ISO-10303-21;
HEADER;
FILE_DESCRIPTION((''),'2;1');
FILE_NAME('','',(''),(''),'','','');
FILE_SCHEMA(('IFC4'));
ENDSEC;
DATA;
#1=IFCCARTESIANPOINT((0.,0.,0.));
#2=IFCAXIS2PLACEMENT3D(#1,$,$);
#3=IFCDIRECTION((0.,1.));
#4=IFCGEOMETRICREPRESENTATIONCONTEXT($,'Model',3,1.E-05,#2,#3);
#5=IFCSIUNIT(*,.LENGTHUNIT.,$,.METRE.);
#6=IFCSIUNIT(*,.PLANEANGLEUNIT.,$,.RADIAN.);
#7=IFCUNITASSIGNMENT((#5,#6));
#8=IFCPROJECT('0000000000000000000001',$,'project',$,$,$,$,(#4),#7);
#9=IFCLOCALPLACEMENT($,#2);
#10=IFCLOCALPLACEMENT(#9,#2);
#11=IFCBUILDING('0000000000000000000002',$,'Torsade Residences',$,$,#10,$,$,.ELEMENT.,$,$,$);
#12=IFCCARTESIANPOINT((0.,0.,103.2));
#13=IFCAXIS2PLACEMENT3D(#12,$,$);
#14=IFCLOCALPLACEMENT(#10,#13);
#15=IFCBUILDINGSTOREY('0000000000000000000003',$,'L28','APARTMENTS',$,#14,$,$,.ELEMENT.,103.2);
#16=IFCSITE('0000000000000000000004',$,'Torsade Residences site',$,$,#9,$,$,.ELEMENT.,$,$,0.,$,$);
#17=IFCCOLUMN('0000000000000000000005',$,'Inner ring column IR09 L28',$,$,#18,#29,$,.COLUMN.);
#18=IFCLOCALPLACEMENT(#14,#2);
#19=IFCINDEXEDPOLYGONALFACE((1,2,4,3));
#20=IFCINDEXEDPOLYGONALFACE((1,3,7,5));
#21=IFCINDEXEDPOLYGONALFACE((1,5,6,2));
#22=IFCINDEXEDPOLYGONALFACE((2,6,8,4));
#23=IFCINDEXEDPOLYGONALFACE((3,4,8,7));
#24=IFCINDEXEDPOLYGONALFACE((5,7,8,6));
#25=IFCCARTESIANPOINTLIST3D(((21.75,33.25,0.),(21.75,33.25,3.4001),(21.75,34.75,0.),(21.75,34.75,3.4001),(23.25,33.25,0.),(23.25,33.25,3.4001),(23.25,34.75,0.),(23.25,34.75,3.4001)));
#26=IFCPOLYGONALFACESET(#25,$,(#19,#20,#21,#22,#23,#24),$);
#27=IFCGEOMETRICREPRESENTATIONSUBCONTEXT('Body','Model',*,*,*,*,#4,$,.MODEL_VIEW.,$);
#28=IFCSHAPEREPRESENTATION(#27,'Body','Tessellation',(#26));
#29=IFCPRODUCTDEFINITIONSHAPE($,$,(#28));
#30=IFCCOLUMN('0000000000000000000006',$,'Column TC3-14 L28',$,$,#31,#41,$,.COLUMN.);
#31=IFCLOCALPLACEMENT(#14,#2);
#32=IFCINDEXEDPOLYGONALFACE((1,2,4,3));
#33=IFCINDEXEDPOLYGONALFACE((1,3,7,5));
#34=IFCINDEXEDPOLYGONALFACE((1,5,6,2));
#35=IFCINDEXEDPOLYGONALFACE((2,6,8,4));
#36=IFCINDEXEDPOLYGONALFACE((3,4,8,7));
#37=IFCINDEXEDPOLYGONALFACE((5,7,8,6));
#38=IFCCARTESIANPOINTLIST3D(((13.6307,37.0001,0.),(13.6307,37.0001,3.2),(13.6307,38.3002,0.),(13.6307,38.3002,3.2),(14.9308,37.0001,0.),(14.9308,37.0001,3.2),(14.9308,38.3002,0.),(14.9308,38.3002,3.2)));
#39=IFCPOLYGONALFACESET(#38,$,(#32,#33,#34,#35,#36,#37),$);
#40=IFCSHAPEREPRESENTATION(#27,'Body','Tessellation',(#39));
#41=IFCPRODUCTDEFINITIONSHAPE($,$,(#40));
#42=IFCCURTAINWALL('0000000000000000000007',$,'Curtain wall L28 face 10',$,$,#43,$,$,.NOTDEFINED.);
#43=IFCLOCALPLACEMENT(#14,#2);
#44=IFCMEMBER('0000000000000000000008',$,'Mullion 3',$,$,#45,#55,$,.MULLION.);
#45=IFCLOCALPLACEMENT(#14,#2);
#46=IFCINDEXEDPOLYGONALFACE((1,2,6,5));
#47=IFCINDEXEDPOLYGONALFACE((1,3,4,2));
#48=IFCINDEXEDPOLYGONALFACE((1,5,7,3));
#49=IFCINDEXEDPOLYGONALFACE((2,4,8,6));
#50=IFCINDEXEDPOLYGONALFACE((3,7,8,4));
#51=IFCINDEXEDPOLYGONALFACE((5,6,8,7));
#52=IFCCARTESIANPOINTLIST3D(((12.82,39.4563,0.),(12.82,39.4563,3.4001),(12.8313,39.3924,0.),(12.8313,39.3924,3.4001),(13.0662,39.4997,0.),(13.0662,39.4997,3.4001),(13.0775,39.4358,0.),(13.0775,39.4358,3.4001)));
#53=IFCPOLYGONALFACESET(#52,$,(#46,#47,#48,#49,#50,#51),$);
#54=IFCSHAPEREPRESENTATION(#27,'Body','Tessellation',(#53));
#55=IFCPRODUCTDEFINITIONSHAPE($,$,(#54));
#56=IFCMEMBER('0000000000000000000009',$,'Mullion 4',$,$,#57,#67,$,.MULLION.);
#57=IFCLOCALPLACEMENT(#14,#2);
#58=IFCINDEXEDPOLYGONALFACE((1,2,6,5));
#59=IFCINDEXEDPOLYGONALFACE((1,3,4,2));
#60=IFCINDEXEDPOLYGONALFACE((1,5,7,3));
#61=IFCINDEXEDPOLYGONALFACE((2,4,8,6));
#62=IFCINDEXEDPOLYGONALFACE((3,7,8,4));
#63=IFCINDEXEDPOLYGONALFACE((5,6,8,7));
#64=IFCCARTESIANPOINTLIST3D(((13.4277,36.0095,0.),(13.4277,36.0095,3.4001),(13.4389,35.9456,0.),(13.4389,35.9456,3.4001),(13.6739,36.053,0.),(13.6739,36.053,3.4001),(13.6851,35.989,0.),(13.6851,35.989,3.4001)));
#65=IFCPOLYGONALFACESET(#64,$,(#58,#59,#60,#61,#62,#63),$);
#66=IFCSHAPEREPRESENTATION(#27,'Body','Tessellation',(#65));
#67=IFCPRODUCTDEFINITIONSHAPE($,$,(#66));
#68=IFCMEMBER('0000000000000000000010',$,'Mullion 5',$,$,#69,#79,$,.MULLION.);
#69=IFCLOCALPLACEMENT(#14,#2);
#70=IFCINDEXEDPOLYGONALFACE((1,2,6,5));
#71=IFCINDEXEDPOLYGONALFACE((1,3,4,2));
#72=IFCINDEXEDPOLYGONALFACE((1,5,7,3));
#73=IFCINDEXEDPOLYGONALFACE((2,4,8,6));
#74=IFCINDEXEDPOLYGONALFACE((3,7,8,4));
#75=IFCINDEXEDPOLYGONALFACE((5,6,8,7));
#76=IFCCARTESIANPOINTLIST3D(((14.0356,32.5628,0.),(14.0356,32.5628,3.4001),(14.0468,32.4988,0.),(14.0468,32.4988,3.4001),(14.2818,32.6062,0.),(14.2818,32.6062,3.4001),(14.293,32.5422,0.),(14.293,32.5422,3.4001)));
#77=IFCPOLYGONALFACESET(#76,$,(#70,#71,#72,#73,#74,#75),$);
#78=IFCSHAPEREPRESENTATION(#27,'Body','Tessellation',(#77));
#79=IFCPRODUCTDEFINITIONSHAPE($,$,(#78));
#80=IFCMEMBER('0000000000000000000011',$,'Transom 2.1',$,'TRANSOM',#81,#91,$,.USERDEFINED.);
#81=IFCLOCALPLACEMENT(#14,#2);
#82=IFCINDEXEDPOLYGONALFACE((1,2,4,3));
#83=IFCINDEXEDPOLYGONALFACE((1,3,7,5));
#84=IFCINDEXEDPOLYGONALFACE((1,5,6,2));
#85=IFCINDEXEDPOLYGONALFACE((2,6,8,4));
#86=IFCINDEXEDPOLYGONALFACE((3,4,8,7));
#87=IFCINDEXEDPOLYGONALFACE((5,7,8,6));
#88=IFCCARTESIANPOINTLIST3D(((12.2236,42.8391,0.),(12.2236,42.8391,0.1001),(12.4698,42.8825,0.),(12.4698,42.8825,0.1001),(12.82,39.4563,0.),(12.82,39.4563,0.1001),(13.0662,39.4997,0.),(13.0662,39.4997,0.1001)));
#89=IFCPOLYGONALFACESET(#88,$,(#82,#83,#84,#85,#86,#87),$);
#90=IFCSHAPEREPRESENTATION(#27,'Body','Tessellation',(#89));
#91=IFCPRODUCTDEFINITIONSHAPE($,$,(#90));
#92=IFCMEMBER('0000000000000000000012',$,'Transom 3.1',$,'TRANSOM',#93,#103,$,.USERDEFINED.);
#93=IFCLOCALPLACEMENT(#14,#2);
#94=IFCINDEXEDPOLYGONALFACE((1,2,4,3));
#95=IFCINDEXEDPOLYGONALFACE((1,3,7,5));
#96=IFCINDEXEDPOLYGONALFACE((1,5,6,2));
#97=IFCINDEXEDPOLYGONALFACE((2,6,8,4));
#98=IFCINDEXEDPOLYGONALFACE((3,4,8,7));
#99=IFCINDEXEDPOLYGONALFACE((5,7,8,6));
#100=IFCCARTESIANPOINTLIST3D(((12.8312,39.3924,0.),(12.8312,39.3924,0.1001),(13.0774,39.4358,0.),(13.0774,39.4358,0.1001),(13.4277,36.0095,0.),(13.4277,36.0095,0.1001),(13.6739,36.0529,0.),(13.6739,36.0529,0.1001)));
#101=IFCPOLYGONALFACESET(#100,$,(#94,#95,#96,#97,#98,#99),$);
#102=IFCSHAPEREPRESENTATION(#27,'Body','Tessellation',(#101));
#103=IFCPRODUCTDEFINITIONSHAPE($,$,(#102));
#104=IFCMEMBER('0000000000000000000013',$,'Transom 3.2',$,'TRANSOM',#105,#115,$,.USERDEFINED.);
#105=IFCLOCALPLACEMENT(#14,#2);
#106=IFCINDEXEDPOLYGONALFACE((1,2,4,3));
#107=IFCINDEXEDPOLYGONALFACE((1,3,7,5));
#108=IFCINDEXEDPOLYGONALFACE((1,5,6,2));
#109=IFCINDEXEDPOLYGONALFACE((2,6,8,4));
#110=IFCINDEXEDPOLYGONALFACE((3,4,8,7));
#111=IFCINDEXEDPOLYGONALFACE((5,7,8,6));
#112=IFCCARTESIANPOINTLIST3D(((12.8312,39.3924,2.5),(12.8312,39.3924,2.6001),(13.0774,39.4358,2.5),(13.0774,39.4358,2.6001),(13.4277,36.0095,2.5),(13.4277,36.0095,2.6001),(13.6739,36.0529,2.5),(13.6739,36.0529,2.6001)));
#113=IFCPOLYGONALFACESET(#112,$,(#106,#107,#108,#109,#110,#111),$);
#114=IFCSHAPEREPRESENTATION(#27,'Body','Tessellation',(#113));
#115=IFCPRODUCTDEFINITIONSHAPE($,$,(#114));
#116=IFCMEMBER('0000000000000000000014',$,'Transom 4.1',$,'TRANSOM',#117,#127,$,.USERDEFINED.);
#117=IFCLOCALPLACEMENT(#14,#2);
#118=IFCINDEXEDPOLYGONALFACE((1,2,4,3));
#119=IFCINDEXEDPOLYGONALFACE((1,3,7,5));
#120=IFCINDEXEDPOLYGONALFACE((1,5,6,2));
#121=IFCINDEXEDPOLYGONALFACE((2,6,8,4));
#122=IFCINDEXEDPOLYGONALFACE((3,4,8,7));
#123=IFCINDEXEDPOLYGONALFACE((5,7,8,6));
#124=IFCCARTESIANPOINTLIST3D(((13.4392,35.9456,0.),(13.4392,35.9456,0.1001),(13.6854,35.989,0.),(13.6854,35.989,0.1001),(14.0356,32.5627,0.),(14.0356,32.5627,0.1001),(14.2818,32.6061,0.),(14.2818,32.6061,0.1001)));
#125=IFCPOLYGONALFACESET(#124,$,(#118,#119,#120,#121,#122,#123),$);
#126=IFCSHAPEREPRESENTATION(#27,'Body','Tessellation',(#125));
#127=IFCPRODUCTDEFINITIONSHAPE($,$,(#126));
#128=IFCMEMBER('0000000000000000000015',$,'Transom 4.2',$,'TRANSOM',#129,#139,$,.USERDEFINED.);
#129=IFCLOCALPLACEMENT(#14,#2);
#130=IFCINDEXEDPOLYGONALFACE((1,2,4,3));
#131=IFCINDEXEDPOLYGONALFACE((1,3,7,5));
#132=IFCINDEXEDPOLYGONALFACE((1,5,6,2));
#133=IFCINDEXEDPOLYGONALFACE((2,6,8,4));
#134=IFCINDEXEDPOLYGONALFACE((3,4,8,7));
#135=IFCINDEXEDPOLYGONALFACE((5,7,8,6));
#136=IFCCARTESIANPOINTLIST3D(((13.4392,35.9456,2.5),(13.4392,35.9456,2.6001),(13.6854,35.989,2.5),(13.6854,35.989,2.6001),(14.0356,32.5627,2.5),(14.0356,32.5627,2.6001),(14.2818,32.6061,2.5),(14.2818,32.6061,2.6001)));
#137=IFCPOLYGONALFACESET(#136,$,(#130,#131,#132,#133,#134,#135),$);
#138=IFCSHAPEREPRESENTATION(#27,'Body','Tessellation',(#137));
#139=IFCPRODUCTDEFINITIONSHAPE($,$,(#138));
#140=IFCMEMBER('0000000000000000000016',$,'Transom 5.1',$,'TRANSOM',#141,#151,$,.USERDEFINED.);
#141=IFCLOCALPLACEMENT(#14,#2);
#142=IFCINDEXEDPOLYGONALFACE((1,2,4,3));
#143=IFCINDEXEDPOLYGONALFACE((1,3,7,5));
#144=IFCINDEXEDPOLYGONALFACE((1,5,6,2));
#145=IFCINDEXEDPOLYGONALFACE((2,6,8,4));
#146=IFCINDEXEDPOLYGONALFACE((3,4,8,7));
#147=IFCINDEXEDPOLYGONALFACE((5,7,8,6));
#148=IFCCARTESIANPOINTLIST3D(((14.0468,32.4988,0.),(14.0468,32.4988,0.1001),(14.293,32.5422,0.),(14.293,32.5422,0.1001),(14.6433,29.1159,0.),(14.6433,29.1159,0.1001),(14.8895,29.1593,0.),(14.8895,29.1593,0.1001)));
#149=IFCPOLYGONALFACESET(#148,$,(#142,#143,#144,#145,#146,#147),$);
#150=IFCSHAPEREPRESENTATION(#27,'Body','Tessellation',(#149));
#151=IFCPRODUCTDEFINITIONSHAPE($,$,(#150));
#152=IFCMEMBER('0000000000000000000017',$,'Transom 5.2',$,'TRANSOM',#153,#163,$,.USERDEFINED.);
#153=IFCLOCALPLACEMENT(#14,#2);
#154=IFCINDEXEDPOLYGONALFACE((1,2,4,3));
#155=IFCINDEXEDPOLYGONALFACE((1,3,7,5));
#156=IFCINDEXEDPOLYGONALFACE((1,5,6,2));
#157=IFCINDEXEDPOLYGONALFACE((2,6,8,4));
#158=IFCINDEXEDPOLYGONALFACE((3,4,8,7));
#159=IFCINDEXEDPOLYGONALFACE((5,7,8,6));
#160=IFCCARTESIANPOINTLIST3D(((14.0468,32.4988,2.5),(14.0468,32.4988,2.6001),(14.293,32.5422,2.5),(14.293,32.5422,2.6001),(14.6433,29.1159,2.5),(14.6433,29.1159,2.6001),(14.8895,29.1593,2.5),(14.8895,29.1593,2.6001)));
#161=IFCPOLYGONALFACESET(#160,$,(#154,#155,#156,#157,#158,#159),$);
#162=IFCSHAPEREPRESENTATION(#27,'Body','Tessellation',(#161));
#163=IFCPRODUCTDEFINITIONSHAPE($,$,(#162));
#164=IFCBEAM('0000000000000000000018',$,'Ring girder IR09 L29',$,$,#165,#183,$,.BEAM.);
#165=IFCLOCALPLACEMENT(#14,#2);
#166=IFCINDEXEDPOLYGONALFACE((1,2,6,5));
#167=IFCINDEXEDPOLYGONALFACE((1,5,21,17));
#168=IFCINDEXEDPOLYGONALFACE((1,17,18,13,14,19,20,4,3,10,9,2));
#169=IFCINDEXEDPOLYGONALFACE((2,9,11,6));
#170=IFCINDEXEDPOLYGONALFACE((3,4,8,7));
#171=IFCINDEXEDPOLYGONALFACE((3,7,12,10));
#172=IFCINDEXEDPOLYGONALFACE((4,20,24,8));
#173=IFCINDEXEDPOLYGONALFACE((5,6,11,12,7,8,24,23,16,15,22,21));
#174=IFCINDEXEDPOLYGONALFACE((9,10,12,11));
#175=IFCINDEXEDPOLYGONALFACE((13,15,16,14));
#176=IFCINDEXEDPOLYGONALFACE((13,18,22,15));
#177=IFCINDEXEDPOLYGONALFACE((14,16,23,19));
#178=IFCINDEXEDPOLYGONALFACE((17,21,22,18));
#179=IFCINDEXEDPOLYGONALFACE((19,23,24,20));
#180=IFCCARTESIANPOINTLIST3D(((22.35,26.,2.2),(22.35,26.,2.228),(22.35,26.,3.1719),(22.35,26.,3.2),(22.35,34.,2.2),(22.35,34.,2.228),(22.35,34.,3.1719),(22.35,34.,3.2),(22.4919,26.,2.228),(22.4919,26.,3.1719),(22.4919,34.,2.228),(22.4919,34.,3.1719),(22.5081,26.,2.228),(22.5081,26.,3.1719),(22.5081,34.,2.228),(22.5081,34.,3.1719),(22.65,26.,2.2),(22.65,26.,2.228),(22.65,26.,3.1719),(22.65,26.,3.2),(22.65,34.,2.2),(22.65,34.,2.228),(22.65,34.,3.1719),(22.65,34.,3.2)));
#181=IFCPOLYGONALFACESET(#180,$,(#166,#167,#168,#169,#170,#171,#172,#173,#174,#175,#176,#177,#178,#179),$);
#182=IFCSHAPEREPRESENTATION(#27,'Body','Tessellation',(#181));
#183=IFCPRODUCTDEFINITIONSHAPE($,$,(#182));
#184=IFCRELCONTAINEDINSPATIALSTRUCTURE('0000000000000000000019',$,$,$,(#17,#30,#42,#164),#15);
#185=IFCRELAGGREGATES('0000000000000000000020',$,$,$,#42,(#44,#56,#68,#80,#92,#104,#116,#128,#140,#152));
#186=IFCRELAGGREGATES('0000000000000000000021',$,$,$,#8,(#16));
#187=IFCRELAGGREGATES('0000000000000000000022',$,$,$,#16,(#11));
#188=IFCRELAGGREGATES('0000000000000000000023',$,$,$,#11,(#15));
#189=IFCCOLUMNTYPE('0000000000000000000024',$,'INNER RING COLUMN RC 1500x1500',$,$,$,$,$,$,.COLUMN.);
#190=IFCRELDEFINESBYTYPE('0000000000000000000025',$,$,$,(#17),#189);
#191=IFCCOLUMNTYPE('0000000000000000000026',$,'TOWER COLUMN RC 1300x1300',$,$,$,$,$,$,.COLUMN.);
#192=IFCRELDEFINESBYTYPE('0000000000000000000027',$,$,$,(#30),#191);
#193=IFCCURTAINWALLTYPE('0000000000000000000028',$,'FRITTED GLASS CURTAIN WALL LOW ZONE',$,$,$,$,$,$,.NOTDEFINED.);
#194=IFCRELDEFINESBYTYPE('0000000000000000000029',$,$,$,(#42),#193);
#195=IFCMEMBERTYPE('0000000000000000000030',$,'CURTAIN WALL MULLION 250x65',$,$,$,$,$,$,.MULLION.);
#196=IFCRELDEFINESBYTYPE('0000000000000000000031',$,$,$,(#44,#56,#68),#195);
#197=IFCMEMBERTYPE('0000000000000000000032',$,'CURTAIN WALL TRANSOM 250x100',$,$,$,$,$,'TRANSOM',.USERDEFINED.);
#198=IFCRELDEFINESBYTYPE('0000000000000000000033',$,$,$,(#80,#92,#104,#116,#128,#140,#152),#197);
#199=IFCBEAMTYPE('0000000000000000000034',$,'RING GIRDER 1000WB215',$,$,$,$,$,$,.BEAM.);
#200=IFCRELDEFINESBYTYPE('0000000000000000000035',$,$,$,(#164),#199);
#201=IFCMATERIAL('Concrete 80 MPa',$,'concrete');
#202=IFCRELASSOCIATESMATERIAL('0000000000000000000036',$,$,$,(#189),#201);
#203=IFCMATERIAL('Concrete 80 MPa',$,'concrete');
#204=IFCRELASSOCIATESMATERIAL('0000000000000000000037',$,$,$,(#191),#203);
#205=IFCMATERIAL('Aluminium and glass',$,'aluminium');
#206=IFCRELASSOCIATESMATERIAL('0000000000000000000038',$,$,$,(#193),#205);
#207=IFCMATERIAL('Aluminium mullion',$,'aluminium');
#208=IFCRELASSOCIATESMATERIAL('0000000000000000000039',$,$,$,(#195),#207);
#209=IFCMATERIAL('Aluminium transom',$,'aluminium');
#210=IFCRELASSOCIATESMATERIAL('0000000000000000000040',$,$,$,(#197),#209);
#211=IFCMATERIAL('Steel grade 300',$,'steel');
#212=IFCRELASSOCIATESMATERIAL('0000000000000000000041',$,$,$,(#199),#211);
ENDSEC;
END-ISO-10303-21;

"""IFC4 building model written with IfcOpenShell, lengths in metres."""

from ifc_helpers import new_model, si_unit, direction, frame, origin, origin_2d, place, context, subcontext, project, spatial, rectangle, i_section, extrude, material, material_profile, profile_set, type_object, element, aggregate, save


model = new_model("IFC4")

# Units and contexts
model_context = context("Model", 3, precision=1e-05, world=origin(), true_north=direction((0.0, 1.0)))
body_context = subcontext(model_context, "Body", "Model", "MODEL_VIEW")
ifc_project = project(units=[si_unit("LENGTHUNIT", "METRE"), si_unit("PLANEANGLEUNIT", "RADIAN")], contexts=[model_context])

# Site, building, storey
site_placement = place(None, origin())
site = spatial("IfcSite", under=ifc_project, at=site_placement, Name="Torsade Residences site", CompositionType="ELEMENT", RefElevation=0.0)
building_placement = place(site_placement, origin())
building = spatial("IfcBuilding", under=site, at=building_placement, Name="Torsade Residences", CompositionType="ELEMENT")
storey_placement = place(building_placement, frame((0.0, 0.0, 103.2)))
storey = spatial("IfcBuildingStorey", under=building, at=storey_placement, Name="L28", Description="APARTMENTS", CompositionType="ELEMENT", Elevation=103.2)

# Columns
ifc_material_1 = material(Name="Concrete 80 MPa", Category="concrete")
ifc_material_profile_1 = material_profile(ifc_material_1, rectangle(XDim=1.5, YDim=1.5, at=origin_2d()), Name="RC 1500x1500")
ifc_profile_set_1 = profile_set([ifc_material_profile_1], Name="Concrete 80 MPa")
column_type_1 = type_object("IfcColumnType", Name="INNER RING COLUMN RC 1500x1500", PredefinedType="COLUMN", material=ifc_profile_set_1)
column_1_placement = place(storey_placement, frame((22.5, 34.0, 0.0), z_axis=(0.0, 0.0, 1.0), x_axis=(1.0, 0.0, 0.0)))
element("IfcColumn", 1, at=column_1_placement, inside=storey, type_object=column_type_1, Name="Inner ring column IR09 L28", PredefinedType="COLUMN", context=body_context, shape_type="SweptSolid", body=[
    extrude(rectangle(XDim=1.5, YDim=1.5, at=origin_2d()), origin(), (0.0, 0.0, 1.0), 3.4001),
])
ifc_material_2 = material(Name="Concrete 80 MPa", Category="concrete")
ifc_material_profile_2 = material_profile(ifc_material_2, rectangle(XDim=1.3, YDim=1.3, at=origin_2d()), Name="RC 1300x1300")
ifc_profile_set_2 = profile_set([ifc_material_profile_2], Name="Concrete 80 MPa")
column_type_2 = type_object("IfcColumnType", Name="TOWER COLUMN RC 1300x1300", PredefinedType="COLUMN", material=ifc_profile_set_2)
column_2_placement = place(storey_placement, frame((14.2808, 37.6501, 0.0), z_axis=(0.0, 0.0, 1.0), x_axis=(1.0, 0.0, 0.0)))
element("IfcColumn", 2, at=column_2_placement, inside=storey, type_object=column_type_2, Name="Column TC3-14 L28", PredefinedType="COLUMN", context=body_context, shape_type="SweptSolid", body=[
    extrude(rectangle(XDim=1.3, YDim=1.3, at=origin_2d()), origin(), (0.0, 0.0, 1.0), 3.2),
])

# Curtain wall, members
ifc_material_3 = material(Name="Aluminium and glass", Category="aluminium")
curtain_wall_type = type_object("IfcCurtainWallType", Name="FRITTED GLASS CURTAIN WALL LOW ZONE", PredefinedType="NOTDEFINED", material=ifc_material_3)
curtain_wall_placement = place(storey_placement, origin())
curtain_wall = element("IfcCurtainWall", 3, at=curtain_wall_placement, inside=storey, type_object=curtain_wall_type, Name="Curtain wall L28 face 10", PredefinedType="NOTDEFINED")
ifc_material_4 = material(Name="Aluminium mullion", Category="aluminium")
ifc_material_profile_3 = material_profile(ifc_material_4, rectangle(XDim=0.25, YDim=0.0649, at=origin_2d()), Name="CURTAIN WALL MULLION 250x65")
ifc_profile_set_3 = profile_set([ifc_material_profile_3], Name="Aluminium mullion")
member_type_1 = type_object("IfcMemberType", Name="CURTAIN WALL MULLION 250x65", PredefinedType="MULLION", material=ifc_profile_set_3)
member_1_placement = place(storey_placement, frame((12.9487, 39.446, 0.0), z_axis=(0.0, 0.0, 1.0), x_axis=(0.984808, 0.173648, 0.0)))
member_1 = element("IfcMember", 4, at=member_1_placement, type_object=member_type_1, Name="Mullion 3", PredefinedType="MULLION", context=body_context, shape_type="SweptSolid", body=[
    extrude(rectangle(XDim=0.25, YDim=0.0649, at=origin_2d()), origin(), (0.0, 0.0, 1.0), 3.4001),
])
member_2_placement = place(storey_placement, frame((13.5564, 35.9993, 0.0), z_axis=(0.0, 0.0, 1.0), x_axis=(0.984808, 0.173648, 0.0)))
member_2 = element("IfcMember", 5, at=member_2_placement, type_object=member_type_1, Name="Mullion 4", PredefinedType="MULLION", context=body_context, shape_type="SweptSolid", body=[
    extrude(rectangle(XDim=0.25, YDim=0.0649, at=origin_2d()), origin(), (0.0, 0.0, 1.0), 3.4001),
])
member_3_placement = place(storey_placement, frame((14.1643, 32.5525, 0.0), z_axis=(0.0, 0.0, 1.0), x_axis=(0.984808, 0.173648, 0.0)))
member_3 = element("IfcMember", 6, at=member_3_placement, type_object=member_type_1, Name="Mullion 5", PredefinedType="MULLION", context=body_context, shape_type="SweptSolid", body=[
    extrude(rectangle(XDim=0.25, YDim=0.0649, at=origin_2d()), origin(), (0.0, 0.0, 1.0), 3.4001),
])
ifc_material_5 = material(Name="Aluminium transom", Category="aluminium")
ifc_material_profile_4 = material_profile(ifc_material_5, rectangle(XDim=0.25, YDim=0.1001, at=origin_2d()), Name="CURTAIN WALL TRANSOM 250x100")
ifc_profile_set_4 = profile_set([ifc_material_profile_4], Name="Aluminium transom")
member_type_2 = type_object("IfcMemberType", Name="CURTAIN WALL TRANSOM 250x100", ElementType="TRANSOM", PredefinedType="USERDEFINED", material=ifc_profile_set_4)
member_4_placement = place(storey_placement, frame((12.3467, 42.8608, 0.05), z_axis=(0.173635, -0.98481, 0.0), x_axis=(0.98481, 0.173635, 0.0)))
member_4 = element("IfcMember", 7, at=member_4_placement, type_object=member_type_2, Name="Transom 2.1", ObjectType="TRANSOM", PredefinedType="USERDEFINED", context=body_context, shape_type="SweptSolid", body=[
    extrude(rectangle(XDim=0.25, YDim=0.1001, at=origin_2d()), origin(), (0.0, 0.0, 1.0), 3.4351),
])
member_5_placement = place(storey_placement, frame((12.9543, 39.4141, 0.05), z_axis=(0.173635, -0.98481, 0.0), x_axis=(0.98481, 0.173635, 0.0)))
member_5 = element("IfcMember", 8, at=member_5_placement, type_object=member_type_2, Name="Transom 3.1", ObjectType="TRANSOM", PredefinedType="USERDEFINED", context=body_context, shape_type="SweptSolid", body=[
    extrude(rectangle(XDim=0.25, YDim=0.1001, at=origin_2d()), origin(), (0.0, 0.0, 1.0), 3.4351),
])
member_6_placement = place(storey_placement, frame((12.9543, 39.4141, 2.55), z_axis=(0.173635, -0.98481, 0.0), x_axis=(0.98481, 0.173635, 0.0)))
member_6 = element("IfcMember", 9, at=member_6_placement, type_object=member_type_2, Name="Transom 3.2", ObjectType="TRANSOM", PredefinedType="USERDEFINED", context=body_context, shape_type="SweptSolid", body=[
    extrude(rectangle(XDim=0.25, YDim=0.1001, at=origin_2d()), origin(), (0.0, 0.0, 1.0), 3.4351),
])
member_7_placement = place(storey_placement, frame((13.5623, 35.9673, 0.05), z_axis=(0.173635, -0.98481, 0.0), x_axis=(0.98481, 0.173635, 0.0)))
member_7 = element("IfcMember", 10, at=member_7_placement, type_object=member_type_2, Name="Transom 4.1", ObjectType="TRANSOM", PredefinedType="USERDEFINED", context=body_context, shape_type="SweptSolid", body=[
    extrude(rectangle(XDim=0.25, YDim=0.1001, at=origin_2d()), origin(), (0.0, 0.0, 1.0), 3.4351),
])
member_8_placement = place(storey_placement, frame((13.5623, 35.9673, 2.55), z_axis=(0.173635, -0.98481, 0.0), x_axis=(0.98481, 0.173635, 0.0)))
member_8 = element("IfcMember", 11, at=member_8_placement, type_object=member_type_2, Name="Transom 4.2", ObjectType="TRANSOM", PredefinedType="USERDEFINED", context=body_context, shape_type="SweptSolid", body=[
    extrude(rectangle(XDim=0.25, YDim=0.1001, at=origin_2d()), origin(), (0.0, 0.0, 1.0), 3.4351),
])
member_9_placement = place(storey_placement, frame((14.1699, 32.5205, 0.05), z_axis=(0.173635, -0.98481, 0.0), x_axis=(0.98481, 0.173635, 0.0)))
member_9 = element("IfcMember", 12, at=member_9_placement, type_object=member_type_2, Name="Transom 5.1", ObjectType="TRANSOM", PredefinedType="USERDEFINED", context=body_context, shape_type="SweptSolid", body=[
    extrude(rectangle(XDim=0.25, YDim=0.1001, at=origin_2d()), origin(), (0.0, 0.0, 1.0), 3.4351),
])
member_10_placement = place(storey_placement, frame((14.1699, 32.5205, 2.55), z_axis=(0.173635, -0.98481, 0.0), x_axis=(0.98481, 0.173635, 0.0)))
member_10 = element("IfcMember", 13, at=member_10_placement, type_object=member_type_2, Name="Transom 5.2", ObjectType="TRANSOM", PredefinedType="USERDEFINED", context=body_context, shape_type="SweptSolid", body=[
    extrude(rectangle(XDim=0.25, YDim=0.1001, at=origin_2d()), origin(), (0.0, 0.0, 1.0), 3.4351),
])

# Beam
ifc_material_6 = material(Name="Steel grade 300", Category="steel")
ifc_material_profile_5 = material_profile(ifc_material_6, i_section(OverallWidth=0.3, OverallDepth=1.0, WebThickness=0.0161, FlangeThickness=0.0281, at=origin_2d()), Name="1000WB215")
ifc_profile_set_5 = profile_set([ifc_material_profile_5], Name="Steel grade 300")
beam_type_1 = type_object("IfcBeamType", Name="RING GIRDER 1000WB215", PredefinedType="BEAM", material=ifc_profile_set_5)
beam_1_placement = place(storey_placement, frame((22.5, 34.0, 2.7), z_axis=(0.0, -1.0, 0.0), x_axis=(1.0, 0.0, 0.0)))
element("IfcBeam", 14, at=beam_1_placement, inside=storey, type_object=beam_type_1, Name="Ring girder IR09 L29", PredefinedType="BEAM", context=body_context, shape_type="SweptSolid", body=[
    extrude(i_section(OverallWidth=0.3, OverallDepth=1.0, WebThickness=0.0161, FlangeThickness=0.0281, at=origin_2d()), origin(), (0.0, 0.0, 1.0), 8.0),
])

aggregate(curtain_wall, [member_1, member_2, member_3, member_4, member_5, member_6, member_7, member_8, member_9, member_10])

save(model, "model.ifc")
